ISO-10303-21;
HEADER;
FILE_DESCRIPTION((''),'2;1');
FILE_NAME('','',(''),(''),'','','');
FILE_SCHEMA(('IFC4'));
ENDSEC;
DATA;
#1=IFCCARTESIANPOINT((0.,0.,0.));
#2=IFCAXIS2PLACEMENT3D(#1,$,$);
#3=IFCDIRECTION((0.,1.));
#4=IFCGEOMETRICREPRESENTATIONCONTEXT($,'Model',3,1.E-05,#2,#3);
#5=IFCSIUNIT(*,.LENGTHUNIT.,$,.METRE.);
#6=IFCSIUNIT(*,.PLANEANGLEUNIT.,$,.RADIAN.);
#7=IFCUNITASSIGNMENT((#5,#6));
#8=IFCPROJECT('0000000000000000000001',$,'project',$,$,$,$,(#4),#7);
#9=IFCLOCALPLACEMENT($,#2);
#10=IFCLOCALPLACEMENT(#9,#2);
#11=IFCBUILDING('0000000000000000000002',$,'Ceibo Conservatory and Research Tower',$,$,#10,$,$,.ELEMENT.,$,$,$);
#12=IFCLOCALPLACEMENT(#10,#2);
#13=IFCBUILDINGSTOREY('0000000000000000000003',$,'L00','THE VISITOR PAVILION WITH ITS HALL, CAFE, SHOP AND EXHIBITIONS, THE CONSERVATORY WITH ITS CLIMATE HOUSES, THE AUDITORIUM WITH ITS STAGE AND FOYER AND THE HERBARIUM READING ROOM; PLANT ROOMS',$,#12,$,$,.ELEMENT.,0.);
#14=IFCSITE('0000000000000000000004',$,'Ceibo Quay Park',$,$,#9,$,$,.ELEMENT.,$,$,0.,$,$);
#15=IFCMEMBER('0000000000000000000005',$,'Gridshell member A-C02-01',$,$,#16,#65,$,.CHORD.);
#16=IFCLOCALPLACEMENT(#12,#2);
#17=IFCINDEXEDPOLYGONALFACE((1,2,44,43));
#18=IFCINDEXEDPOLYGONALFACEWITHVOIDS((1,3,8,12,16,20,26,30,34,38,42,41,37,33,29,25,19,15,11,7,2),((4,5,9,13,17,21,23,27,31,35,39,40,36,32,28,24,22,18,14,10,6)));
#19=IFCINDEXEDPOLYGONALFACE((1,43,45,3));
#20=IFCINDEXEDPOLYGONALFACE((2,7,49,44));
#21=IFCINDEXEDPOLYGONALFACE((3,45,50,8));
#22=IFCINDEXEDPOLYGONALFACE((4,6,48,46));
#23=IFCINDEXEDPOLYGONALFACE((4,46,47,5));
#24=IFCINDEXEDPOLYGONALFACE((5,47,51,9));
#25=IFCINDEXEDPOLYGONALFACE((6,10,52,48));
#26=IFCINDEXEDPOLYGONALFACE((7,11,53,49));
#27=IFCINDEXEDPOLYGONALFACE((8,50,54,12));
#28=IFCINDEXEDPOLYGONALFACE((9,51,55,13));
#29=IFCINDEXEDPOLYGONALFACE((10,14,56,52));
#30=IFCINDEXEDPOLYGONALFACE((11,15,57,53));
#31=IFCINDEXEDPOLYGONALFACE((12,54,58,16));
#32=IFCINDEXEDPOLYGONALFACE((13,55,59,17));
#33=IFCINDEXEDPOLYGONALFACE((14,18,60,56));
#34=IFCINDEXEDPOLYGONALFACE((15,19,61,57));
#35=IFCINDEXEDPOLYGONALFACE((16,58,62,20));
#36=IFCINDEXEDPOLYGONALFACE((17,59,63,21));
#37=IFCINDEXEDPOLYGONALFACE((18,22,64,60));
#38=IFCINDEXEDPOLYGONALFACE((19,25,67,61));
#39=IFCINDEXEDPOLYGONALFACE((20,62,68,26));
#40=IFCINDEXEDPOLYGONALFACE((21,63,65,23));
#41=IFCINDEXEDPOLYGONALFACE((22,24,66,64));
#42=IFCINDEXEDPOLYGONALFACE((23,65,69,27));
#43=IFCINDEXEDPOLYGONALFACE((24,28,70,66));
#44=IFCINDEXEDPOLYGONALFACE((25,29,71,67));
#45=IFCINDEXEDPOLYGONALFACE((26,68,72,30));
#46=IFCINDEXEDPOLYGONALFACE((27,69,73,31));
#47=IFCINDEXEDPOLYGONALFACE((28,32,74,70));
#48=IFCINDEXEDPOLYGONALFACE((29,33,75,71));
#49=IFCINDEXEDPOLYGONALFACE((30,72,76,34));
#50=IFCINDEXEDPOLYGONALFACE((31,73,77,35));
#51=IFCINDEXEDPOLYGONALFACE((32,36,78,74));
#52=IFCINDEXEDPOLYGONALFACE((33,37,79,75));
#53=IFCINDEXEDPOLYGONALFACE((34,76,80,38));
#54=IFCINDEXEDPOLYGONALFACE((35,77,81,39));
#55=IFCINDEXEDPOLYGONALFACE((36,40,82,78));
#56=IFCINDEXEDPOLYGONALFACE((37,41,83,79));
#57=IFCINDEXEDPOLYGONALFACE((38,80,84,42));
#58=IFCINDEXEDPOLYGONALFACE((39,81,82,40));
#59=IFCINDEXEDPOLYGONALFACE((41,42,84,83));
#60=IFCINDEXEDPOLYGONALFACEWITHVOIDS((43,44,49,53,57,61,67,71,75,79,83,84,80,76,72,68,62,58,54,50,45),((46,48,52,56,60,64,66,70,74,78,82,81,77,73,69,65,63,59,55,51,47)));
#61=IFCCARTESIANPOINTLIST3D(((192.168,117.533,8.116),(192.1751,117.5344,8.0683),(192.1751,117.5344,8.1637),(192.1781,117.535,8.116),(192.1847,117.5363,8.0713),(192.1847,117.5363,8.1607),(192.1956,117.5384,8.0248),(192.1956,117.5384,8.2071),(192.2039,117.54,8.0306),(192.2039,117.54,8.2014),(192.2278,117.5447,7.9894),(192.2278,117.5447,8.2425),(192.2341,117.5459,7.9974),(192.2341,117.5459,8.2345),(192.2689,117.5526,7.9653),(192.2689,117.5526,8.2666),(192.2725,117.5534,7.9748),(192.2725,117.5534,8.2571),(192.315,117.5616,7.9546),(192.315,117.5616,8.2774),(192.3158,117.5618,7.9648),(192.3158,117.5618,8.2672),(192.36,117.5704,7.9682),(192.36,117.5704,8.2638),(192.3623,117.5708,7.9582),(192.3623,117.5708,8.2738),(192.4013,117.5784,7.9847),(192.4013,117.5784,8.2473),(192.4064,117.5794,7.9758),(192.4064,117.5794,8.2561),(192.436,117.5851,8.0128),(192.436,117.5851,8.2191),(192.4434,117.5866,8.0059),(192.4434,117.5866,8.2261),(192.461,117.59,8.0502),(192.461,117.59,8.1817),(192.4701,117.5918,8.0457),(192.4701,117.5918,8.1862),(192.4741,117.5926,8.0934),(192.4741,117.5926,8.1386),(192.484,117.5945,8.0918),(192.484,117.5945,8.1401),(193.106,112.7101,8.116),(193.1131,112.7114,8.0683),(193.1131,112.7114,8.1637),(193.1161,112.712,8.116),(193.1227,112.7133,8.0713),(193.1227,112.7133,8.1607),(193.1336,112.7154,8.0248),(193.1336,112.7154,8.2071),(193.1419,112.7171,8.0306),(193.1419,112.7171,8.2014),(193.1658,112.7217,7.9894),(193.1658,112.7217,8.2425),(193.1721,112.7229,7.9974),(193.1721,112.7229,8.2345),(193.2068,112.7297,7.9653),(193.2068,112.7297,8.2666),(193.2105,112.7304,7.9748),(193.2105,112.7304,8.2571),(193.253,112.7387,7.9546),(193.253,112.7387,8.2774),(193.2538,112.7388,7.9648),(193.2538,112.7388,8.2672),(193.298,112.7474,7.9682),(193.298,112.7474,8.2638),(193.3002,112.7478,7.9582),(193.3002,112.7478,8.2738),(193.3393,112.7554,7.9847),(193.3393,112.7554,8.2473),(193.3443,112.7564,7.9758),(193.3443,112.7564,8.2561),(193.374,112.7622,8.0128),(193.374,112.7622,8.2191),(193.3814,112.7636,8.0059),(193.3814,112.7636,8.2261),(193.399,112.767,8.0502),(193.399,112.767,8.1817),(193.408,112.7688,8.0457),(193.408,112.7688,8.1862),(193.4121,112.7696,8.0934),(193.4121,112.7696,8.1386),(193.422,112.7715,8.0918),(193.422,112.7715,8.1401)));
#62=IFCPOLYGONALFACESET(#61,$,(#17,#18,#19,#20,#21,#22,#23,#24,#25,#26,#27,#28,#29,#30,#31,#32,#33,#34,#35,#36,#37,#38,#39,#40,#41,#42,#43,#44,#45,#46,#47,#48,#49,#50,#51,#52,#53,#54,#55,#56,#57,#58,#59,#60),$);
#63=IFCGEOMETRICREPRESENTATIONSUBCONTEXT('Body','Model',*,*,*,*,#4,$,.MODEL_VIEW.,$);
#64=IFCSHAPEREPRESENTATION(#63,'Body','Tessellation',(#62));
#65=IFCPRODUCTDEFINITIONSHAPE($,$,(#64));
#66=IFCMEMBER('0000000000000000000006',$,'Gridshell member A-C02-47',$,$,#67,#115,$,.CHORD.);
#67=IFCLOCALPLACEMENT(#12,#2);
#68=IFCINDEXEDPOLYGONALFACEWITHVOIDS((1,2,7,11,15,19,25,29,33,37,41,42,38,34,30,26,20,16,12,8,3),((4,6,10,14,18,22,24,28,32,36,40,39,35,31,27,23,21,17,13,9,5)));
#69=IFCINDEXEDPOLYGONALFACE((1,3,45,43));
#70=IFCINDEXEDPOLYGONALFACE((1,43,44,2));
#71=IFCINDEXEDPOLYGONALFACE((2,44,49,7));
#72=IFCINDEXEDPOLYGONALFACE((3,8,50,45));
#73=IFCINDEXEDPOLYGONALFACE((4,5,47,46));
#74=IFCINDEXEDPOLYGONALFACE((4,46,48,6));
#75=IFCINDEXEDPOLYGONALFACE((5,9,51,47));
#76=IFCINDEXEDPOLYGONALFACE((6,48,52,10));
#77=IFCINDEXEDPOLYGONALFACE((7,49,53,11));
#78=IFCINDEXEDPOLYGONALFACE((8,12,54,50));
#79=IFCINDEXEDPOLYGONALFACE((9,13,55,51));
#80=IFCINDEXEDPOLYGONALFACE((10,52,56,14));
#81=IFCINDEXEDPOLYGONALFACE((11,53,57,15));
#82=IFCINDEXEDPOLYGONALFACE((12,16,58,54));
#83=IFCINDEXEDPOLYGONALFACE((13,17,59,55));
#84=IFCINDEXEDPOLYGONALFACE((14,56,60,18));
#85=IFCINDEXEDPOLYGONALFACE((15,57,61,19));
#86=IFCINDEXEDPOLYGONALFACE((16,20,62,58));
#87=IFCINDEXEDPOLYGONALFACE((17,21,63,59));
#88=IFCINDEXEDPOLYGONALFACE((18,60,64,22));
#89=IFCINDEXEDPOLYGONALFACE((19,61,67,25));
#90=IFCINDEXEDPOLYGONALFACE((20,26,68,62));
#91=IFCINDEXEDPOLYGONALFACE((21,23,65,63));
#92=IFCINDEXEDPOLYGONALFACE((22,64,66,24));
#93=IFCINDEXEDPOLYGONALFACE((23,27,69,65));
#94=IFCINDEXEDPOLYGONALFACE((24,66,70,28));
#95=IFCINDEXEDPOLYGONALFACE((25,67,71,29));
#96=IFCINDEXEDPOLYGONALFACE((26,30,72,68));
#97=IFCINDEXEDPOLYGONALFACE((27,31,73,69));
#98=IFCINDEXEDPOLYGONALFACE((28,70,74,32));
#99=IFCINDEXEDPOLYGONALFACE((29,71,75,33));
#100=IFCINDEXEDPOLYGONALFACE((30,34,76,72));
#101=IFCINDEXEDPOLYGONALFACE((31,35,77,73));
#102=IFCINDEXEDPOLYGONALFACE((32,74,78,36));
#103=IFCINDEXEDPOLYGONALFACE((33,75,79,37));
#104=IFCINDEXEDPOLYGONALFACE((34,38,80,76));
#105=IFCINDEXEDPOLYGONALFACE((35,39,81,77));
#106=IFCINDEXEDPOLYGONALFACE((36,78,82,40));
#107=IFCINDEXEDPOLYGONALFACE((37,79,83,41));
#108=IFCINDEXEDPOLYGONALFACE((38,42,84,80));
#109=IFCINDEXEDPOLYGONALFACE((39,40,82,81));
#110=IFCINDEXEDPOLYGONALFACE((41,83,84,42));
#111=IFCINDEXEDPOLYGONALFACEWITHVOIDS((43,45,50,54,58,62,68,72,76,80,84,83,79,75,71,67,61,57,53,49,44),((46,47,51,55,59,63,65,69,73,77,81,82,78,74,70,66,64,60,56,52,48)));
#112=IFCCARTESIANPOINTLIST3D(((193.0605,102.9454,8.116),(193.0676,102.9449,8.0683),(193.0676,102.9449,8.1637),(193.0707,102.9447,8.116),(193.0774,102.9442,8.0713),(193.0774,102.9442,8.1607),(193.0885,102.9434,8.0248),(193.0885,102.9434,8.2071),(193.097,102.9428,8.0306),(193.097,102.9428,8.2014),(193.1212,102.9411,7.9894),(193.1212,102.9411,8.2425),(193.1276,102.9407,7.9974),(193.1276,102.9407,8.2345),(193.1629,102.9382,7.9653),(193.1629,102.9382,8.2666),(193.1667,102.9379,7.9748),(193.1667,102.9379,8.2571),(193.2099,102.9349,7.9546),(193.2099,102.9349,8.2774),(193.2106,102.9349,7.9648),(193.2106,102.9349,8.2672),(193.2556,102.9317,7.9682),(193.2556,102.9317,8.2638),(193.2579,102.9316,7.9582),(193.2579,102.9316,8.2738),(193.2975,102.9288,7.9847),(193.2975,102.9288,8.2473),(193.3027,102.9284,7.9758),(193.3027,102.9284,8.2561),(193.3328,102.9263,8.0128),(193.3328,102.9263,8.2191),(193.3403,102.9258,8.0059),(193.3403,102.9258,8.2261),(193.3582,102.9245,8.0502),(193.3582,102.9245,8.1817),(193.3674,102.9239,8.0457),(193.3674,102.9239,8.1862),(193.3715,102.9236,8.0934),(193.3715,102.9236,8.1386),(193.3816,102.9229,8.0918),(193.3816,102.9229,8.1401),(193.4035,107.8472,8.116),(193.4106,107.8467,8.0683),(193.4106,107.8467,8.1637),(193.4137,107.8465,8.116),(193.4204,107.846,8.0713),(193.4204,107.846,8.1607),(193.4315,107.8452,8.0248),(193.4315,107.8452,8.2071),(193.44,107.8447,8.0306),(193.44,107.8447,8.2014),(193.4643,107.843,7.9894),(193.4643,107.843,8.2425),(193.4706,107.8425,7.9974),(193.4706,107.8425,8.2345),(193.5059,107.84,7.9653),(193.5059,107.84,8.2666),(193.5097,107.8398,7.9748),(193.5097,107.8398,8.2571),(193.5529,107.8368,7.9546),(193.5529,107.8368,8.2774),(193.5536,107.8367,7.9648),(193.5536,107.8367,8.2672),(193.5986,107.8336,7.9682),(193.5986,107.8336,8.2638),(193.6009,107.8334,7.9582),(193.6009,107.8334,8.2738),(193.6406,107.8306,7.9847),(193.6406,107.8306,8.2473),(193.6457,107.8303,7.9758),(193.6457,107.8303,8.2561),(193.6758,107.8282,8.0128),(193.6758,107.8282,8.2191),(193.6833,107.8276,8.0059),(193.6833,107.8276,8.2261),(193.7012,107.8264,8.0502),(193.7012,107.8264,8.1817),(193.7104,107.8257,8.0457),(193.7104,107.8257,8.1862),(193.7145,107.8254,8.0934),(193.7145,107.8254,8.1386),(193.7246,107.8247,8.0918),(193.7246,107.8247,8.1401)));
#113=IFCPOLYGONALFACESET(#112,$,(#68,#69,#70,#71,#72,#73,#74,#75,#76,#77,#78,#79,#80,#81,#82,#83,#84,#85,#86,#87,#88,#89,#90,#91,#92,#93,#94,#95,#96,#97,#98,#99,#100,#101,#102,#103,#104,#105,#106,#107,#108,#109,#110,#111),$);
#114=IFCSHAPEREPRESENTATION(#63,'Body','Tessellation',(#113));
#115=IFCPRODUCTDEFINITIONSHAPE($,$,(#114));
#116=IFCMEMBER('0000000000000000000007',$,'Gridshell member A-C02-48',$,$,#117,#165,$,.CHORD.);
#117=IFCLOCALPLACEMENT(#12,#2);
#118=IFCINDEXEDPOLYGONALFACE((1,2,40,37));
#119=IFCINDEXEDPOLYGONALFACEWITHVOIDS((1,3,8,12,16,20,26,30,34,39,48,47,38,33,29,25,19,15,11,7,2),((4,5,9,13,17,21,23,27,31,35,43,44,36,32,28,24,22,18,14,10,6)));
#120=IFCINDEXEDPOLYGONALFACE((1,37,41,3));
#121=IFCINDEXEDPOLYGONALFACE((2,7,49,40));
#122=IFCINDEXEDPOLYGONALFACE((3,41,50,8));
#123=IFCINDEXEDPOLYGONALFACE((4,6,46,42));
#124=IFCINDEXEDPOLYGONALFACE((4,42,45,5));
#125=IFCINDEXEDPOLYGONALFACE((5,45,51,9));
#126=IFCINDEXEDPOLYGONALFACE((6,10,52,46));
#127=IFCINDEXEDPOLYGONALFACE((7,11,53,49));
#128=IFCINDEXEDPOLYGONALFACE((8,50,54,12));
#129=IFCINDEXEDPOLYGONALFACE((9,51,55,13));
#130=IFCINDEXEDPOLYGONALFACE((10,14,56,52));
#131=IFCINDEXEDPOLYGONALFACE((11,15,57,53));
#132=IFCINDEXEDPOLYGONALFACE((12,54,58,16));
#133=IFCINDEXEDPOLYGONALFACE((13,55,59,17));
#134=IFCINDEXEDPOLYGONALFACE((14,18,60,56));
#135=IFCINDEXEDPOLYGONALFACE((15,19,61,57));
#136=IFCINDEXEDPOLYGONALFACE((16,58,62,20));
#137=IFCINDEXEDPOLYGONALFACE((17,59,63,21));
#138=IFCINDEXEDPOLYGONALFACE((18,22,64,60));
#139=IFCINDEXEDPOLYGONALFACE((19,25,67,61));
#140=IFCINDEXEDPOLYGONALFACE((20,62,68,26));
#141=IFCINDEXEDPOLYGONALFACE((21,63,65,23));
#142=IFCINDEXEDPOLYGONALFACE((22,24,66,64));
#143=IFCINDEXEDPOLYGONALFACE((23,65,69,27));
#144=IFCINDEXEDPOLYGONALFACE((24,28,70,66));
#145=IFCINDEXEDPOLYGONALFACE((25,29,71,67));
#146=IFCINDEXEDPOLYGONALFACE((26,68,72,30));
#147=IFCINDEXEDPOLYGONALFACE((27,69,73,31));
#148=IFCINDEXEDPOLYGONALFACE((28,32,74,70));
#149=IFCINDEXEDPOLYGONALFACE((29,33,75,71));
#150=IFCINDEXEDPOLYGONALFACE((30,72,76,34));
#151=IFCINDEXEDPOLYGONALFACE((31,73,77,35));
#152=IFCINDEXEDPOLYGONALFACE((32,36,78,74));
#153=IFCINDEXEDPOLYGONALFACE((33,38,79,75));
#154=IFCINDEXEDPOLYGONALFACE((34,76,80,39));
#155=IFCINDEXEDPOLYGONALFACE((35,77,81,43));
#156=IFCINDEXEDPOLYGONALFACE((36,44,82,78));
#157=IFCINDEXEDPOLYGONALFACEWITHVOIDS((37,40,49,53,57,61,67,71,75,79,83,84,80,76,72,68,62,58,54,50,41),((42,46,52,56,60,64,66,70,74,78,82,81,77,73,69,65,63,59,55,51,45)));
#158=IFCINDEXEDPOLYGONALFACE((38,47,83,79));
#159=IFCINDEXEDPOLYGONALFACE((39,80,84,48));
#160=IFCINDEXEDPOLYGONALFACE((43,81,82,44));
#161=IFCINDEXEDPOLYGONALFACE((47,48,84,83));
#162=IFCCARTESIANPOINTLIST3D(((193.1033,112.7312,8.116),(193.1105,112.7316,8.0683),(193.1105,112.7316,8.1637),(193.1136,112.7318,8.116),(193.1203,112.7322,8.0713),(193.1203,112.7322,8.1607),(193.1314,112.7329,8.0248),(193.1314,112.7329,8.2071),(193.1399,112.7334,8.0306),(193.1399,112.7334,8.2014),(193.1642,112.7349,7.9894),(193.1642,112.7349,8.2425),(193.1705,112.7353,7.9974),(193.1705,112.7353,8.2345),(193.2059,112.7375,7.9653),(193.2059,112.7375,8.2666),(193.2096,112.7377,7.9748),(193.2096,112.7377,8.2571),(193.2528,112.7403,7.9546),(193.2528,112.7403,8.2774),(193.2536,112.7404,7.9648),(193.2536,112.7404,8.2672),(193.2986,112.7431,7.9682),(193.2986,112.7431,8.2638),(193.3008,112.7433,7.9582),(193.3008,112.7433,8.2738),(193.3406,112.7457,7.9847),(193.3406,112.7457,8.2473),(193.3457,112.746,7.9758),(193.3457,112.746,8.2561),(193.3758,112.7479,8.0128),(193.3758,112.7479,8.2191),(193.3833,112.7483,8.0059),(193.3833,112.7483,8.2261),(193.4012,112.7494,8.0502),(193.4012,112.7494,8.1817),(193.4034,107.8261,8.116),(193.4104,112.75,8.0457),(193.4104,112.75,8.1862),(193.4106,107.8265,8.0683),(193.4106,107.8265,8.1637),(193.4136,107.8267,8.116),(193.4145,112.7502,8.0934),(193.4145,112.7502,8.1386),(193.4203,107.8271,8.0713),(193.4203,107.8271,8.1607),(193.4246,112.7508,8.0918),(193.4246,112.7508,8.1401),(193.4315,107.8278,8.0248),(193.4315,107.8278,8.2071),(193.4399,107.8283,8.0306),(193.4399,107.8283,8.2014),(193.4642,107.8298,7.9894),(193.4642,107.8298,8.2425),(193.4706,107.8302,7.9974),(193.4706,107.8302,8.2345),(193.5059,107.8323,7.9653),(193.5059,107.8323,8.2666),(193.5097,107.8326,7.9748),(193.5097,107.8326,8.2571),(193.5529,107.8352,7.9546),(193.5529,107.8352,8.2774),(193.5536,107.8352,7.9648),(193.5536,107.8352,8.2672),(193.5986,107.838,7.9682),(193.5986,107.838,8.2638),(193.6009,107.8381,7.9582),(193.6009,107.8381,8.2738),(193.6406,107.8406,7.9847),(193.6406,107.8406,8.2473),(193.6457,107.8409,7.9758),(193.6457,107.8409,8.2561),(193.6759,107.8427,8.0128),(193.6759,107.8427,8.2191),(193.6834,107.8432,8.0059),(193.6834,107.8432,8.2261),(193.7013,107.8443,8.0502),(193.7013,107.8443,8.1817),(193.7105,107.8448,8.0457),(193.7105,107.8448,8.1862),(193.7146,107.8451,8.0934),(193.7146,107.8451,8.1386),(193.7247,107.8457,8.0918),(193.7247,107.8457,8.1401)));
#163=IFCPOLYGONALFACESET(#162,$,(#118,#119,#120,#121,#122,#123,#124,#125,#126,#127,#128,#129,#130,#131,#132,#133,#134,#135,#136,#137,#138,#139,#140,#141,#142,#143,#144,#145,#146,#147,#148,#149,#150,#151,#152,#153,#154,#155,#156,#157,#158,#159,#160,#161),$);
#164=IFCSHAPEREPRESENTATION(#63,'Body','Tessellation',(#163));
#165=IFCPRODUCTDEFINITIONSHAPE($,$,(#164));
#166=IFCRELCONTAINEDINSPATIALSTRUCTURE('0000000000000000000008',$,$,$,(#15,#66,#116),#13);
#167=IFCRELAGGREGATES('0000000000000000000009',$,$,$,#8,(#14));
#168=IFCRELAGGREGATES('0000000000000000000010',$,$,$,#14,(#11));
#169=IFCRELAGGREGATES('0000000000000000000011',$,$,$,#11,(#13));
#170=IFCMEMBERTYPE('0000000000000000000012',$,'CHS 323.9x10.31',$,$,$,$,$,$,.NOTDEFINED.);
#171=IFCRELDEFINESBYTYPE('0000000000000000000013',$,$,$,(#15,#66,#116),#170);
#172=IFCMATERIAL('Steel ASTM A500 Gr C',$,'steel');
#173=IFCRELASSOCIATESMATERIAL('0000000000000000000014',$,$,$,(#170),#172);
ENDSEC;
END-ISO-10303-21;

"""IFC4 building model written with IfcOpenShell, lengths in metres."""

from ifc_helpers import new_model, si_unit, direction, frame, origin, origin_2d, place, context, subcontext, project, spatial, hollow_circle, extrude, material, material_profile, profile_set, type_object, element, save


model = new_model("IFC4")

# Units and contexts
model_context = context("Model", 3, precision=1e-05, world=origin(), true_north=direction((0.0, 1.0)))
body_context = subcontext(model_context, "Body", "Model", "MODEL_VIEW")
ifc_project = project(units=[si_unit("LENGTHUNIT", "METRE"), si_unit("PLANEANGLEUNIT", "RADIAN")], contexts=[model_context])

# Site, building, storey
site_placement = place(None, origin())
site = spatial("IfcSite", under=ifc_project, at=site_placement, Name="Ceibo Quay Park", CompositionType="ELEMENT", RefElevation=0.0)
building_placement = place(site_placement, origin())
building = spatial("IfcBuilding", under=site, at=building_placement, Name="Ceibo Conservatory and Research Tower", CompositionType="ELEMENT")
storey_placement = place(building_placement, origin())
storey = spatial("IfcBuildingStorey", under=building, at=storey_placement, Name="L00", Description="THE VISITOR PAVILION WITH ITS HALL, CAFE, SHOP AND EXHIBITIONS, THE CONSERVATORY WITH ITS CLIMATE HOUSES, THE AUDITORIUM WITH ITS STAGE AND FOYER AND THE HERBARIUM READING ROOM; PLANT ROOMS", CompositionType="ELEMENT", Elevation=0.0)

# Members
ifc_material_1 = material(Name="Steel ASTM A500 Gr C", Category="steel")
ifc_material_profile_1 = material_profile(ifc_material_1, hollow_circle(Radius=0.1619, WallThickness=0.0103, at=origin_2d()), Name="CHS 323.9x10.31")
ifc_profile_set_1 = profile_set([ifc_material_profile_1], Name="Steel ASTM A500 Gr C")
member_type_1 = type_object("IfcMemberType", Name="CHS 323.9x10.31", PredefinedType="NOTDEFINED", material=ifc_profile_set_1)
member_1_placement = place(storey_placement, frame((193.2649, 112.741, 8.116), z_axis=(-0.190906, 0.981608, 0.0), x_axis=(-0.981608, -0.190906, 0.0)))
element("IfcMember", 1, at=member_1_placement, inside=storey, type_object=member_type_1, Name="Gridshell member A-C02-01", PredefinedType="CHORD", context=body_context, shape_type="SweptSolid", body=[
    extrude(hollow_circle(Radius=0.1619, WallThickness=0.0103, at=origin_2d()), origin(), (0.0, 0.0, 1.0), 4.9133),
])
member_2_placement = place(storey_placement, frame((193.2219, 102.9341, 8.116), z_axis=(0.069806, 0.997561, 0.0), x_axis=(-0.997561, 0.069806, 0.0)))
element("IfcMember", 2, at=member_2_placement, inside=storey, type_object=member_type_1, Name="Gridshell member A-C02-47", PredefinedType="CHORD", context=body_context, shape_type="SweptSolid", body=[
    extrude(hollow_circle(Radius=0.1619, WallThickness=0.0103, at=origin_2d()), origin(), (0.0, 0.0, 1.0), 4.9138),
])
member_3_placement = place(storey_placement, frame((193.5649, 107.8359, 8.116), z_axis=(-0.061058, 0.998134, 0.0), x_axis=(-0.998134, -0.061058, 0.0)))
element("IfcMember", 3, at=member_3_placement, inside=storey, type_object=member_type_1, Name="Gridshell member A-C02-48", PredefinedType="CHORD", context=body_context, shape_type="SweptSolid", body=[
    extrude(hollow_circle(Radius=0.1619, WallThickness=0.0103, at=origin_2d()), origin(), (0.0, 0.0, 1.0), 4.9143),
])

save(model, "model.ifc")
